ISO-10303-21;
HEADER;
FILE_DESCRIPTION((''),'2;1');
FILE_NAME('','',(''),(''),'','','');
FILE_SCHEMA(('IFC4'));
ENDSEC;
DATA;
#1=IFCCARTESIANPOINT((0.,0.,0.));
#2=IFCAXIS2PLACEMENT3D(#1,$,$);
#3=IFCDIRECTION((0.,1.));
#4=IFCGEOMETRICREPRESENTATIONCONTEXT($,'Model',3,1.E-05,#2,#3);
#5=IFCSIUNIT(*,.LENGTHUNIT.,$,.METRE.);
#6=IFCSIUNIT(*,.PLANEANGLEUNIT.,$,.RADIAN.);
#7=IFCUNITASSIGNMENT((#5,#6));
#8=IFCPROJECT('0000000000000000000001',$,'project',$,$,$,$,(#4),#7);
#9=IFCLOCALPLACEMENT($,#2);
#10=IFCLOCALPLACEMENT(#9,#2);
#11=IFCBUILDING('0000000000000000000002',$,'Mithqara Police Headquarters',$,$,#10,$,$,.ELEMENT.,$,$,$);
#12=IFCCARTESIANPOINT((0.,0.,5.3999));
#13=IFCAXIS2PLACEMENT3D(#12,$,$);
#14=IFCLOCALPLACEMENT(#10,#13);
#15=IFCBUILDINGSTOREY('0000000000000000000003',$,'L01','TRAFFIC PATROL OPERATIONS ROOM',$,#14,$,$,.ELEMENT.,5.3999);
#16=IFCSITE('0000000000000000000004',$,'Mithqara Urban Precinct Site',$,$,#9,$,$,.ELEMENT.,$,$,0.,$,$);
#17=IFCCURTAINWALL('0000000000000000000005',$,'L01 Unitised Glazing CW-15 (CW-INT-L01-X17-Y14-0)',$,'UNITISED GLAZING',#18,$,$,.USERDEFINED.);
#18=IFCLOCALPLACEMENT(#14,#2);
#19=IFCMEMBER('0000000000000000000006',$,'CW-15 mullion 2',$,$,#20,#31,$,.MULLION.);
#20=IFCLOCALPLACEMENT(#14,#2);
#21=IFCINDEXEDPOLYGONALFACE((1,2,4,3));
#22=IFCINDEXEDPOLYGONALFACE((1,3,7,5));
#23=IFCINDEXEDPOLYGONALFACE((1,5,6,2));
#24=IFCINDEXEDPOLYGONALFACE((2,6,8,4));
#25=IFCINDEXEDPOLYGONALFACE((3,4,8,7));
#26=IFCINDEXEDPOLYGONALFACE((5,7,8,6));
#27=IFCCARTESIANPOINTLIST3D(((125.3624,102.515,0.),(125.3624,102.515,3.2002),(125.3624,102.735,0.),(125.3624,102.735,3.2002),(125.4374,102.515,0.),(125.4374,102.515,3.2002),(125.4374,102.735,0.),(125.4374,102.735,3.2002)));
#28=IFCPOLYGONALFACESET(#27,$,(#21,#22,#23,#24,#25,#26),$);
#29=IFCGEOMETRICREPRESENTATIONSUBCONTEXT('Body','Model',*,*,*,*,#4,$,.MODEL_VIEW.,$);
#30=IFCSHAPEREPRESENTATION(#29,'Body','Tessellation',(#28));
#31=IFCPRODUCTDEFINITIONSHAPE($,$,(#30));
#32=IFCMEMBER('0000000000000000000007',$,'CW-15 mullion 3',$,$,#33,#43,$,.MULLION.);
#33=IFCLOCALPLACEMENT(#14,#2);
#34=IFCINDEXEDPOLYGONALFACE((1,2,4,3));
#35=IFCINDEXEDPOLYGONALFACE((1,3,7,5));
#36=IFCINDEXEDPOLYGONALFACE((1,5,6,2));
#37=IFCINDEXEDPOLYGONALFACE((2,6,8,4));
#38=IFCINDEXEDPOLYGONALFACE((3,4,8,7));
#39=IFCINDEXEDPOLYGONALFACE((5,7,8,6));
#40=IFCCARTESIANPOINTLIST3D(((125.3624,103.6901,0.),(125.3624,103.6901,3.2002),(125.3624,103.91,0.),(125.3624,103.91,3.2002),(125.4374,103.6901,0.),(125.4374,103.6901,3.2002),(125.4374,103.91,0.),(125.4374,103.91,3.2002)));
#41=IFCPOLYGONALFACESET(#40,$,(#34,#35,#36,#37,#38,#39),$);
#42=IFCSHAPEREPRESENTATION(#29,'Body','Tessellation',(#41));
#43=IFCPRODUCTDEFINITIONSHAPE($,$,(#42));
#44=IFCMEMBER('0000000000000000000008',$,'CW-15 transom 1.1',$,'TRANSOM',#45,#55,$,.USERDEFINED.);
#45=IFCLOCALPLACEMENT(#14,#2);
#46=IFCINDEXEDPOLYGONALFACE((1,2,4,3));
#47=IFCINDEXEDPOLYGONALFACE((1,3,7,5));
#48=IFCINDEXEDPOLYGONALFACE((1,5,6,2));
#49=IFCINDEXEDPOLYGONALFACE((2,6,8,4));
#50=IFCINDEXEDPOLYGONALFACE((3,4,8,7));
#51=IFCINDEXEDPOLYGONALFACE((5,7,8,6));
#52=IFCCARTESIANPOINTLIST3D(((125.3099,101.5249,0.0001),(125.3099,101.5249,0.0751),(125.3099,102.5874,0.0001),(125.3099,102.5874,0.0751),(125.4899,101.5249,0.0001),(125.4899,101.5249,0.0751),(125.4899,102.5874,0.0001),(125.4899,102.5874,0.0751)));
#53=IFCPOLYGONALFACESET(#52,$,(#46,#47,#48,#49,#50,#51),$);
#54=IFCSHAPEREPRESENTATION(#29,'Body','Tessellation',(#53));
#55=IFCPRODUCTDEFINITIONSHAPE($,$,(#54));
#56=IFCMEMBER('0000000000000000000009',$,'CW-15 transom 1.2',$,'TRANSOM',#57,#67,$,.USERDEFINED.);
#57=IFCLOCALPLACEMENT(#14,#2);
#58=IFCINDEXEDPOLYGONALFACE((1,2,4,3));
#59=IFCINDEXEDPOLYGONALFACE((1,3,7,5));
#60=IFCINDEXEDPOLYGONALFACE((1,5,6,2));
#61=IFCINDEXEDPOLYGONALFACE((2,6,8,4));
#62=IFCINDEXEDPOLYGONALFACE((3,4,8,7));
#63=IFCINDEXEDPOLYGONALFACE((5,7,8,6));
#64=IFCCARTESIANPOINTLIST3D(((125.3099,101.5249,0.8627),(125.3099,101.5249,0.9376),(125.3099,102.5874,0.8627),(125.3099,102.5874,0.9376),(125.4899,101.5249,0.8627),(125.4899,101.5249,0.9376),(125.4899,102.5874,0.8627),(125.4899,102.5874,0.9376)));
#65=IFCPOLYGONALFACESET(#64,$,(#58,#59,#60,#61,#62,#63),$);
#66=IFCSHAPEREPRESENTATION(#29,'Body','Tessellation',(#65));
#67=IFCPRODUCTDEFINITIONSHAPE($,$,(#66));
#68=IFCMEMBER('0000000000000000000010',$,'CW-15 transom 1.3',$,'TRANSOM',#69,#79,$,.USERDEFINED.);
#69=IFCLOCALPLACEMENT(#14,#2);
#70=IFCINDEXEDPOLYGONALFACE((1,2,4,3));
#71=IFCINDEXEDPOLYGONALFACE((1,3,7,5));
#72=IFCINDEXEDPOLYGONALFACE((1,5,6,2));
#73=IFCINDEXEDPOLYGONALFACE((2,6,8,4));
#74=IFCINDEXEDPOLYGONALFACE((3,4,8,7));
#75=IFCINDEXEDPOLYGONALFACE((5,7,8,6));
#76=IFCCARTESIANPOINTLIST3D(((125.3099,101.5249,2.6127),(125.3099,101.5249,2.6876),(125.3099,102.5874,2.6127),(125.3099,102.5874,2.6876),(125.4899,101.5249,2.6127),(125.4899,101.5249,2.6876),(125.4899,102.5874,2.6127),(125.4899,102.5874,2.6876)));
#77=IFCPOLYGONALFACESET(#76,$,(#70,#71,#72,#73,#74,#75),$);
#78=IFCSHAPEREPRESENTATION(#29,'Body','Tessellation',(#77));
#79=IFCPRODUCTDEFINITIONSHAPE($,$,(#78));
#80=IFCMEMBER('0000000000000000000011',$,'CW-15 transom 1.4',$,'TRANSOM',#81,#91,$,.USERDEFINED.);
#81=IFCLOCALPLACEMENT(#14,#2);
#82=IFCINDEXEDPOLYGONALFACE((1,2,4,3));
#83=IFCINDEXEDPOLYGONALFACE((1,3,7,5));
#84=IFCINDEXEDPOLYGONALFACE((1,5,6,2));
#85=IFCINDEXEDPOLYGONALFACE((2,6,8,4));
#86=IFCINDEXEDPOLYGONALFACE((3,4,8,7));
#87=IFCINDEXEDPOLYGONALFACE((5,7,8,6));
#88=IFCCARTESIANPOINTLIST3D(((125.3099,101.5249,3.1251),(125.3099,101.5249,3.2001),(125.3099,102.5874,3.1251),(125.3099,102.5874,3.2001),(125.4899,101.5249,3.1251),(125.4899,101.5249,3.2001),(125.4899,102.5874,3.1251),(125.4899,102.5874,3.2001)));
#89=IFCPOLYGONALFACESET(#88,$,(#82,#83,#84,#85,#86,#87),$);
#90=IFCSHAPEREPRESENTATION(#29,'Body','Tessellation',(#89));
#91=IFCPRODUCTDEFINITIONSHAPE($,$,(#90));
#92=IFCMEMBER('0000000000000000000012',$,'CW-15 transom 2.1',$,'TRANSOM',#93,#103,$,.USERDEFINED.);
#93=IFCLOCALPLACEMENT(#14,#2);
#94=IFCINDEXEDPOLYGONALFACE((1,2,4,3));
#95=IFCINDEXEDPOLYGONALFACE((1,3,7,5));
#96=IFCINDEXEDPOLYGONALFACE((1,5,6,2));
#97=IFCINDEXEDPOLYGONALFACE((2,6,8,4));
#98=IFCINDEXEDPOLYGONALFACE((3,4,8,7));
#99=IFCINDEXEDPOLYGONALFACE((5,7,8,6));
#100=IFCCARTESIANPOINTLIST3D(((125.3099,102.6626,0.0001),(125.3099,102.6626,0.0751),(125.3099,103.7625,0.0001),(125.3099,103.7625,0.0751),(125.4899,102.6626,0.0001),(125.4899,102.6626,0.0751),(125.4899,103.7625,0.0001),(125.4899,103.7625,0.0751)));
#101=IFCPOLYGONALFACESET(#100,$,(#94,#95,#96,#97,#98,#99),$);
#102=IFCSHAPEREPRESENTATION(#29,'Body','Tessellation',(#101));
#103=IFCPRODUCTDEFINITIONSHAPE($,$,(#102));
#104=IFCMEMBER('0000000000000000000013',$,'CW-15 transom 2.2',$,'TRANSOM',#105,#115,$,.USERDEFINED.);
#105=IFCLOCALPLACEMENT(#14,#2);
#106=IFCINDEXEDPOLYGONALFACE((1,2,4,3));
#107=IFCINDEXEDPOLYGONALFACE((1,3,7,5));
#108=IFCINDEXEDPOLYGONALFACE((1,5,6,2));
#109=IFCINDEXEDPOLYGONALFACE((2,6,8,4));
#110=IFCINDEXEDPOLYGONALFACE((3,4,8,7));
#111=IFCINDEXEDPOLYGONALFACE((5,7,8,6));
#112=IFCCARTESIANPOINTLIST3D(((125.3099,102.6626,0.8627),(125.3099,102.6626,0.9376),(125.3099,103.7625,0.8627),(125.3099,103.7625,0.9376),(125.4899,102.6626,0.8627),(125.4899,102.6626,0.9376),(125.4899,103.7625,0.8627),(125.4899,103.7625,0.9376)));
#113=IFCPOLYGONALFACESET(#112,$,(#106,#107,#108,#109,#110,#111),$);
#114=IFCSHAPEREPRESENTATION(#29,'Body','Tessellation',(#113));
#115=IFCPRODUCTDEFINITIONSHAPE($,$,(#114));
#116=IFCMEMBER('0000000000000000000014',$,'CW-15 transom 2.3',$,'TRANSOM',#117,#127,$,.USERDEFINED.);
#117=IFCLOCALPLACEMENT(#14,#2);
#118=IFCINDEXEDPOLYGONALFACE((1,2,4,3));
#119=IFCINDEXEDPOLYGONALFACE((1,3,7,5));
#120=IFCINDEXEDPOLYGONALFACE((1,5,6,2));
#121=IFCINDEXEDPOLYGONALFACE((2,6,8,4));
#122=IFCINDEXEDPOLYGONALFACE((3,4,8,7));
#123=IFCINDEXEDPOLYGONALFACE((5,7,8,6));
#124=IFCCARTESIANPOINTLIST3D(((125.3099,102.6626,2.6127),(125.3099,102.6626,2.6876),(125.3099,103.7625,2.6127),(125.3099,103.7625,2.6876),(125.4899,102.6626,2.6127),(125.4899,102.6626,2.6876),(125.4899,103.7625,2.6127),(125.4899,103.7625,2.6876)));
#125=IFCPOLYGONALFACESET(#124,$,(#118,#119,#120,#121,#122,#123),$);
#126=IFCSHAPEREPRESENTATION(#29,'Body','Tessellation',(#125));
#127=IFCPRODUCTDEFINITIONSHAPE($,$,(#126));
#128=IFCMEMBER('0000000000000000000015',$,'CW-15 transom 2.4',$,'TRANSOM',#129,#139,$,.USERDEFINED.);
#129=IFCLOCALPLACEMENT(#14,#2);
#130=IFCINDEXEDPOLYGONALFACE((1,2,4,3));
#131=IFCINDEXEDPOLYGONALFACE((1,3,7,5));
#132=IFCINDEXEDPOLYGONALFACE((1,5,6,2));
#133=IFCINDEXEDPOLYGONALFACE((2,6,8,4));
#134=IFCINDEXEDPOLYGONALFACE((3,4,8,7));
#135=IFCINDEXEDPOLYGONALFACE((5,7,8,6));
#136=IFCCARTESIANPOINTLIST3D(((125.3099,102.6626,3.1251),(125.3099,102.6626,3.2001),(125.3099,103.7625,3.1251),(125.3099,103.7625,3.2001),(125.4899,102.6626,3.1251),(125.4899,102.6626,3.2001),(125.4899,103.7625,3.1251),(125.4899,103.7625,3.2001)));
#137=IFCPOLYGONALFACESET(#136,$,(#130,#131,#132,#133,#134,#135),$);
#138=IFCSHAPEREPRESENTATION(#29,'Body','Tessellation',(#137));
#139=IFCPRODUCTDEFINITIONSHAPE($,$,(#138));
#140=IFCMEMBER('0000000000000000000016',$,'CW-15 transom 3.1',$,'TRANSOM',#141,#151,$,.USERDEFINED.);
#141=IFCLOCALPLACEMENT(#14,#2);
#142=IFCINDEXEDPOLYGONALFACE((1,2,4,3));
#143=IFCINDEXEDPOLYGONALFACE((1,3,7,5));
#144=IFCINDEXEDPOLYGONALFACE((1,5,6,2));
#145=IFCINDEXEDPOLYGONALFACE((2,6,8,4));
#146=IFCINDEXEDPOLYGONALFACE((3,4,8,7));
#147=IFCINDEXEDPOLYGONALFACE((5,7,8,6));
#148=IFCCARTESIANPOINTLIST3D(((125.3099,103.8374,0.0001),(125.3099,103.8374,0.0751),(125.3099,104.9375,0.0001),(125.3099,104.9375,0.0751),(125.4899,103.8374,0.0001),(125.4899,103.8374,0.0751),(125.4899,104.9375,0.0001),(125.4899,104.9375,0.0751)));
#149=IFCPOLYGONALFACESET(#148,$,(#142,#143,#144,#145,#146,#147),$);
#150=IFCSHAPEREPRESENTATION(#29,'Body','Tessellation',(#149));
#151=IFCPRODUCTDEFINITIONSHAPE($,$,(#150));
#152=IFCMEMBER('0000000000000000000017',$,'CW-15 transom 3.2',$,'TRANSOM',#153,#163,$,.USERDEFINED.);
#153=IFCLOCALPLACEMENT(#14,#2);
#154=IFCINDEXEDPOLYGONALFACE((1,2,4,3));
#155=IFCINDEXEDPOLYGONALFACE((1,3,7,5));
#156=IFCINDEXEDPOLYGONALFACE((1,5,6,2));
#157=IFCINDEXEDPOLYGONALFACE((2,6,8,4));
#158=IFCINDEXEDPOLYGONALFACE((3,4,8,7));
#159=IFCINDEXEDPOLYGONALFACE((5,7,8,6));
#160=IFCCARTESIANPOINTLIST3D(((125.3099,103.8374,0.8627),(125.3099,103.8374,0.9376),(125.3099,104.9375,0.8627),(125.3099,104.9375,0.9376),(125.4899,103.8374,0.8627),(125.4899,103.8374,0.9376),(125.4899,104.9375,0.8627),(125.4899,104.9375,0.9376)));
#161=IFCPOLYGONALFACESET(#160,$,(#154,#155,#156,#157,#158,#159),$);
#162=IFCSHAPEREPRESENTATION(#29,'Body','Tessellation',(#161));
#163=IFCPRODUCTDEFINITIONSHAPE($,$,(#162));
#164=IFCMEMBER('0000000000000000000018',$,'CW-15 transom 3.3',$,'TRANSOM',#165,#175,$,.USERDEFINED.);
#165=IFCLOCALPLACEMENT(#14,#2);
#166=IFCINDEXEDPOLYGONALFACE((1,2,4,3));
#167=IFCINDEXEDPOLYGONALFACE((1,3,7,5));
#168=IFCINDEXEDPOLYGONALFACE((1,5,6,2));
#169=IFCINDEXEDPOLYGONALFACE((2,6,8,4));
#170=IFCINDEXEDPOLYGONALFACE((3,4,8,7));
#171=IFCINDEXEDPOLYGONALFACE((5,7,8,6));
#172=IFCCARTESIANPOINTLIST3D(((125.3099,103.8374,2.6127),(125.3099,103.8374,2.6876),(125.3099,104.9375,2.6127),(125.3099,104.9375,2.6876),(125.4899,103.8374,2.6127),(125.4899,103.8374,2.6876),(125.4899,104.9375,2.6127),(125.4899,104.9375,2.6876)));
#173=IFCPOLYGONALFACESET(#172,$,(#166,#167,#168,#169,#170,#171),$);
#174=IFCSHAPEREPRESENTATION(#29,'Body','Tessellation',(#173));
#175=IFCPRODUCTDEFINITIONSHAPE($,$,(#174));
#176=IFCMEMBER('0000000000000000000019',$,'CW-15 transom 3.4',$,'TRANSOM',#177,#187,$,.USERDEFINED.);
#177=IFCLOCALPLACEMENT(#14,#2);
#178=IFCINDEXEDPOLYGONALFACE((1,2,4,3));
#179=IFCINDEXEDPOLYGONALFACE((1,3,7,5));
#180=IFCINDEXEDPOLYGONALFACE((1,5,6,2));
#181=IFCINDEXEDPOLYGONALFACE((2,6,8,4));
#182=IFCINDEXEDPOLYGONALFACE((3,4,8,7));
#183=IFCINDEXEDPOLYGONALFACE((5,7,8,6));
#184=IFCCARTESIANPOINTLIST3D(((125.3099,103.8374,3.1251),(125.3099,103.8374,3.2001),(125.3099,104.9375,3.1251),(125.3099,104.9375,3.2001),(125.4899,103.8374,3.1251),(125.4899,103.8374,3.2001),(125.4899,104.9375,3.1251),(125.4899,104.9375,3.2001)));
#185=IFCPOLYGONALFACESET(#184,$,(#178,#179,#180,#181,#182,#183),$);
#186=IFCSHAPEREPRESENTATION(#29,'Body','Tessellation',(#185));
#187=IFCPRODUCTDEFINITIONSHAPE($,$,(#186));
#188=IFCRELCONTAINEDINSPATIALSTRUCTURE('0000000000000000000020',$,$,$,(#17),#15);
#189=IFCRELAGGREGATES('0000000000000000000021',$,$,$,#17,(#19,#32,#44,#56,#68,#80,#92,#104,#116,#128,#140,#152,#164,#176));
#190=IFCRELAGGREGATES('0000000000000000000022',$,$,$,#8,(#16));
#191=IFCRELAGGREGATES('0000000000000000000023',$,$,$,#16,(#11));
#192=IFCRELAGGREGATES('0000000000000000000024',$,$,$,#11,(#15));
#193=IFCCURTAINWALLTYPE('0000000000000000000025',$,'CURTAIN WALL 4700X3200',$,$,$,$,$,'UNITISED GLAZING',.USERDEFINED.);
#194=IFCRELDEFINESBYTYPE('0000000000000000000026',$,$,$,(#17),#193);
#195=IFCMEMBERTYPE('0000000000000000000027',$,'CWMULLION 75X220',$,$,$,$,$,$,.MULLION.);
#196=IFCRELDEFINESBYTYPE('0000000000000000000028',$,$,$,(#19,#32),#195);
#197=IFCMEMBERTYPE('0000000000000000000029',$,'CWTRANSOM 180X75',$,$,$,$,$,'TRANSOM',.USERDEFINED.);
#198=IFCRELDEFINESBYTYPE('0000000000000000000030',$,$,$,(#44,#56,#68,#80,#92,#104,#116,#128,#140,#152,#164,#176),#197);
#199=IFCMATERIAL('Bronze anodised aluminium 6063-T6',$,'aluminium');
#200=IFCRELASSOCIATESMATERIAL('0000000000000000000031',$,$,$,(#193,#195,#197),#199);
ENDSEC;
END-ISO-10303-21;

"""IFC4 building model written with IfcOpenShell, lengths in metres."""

from ifc_helpers import new_model, si_unit, direction, frame, origin, origin_2d, place, context, subcontext, project, spatial, rectangle, extrude, material, material_profile, profile_set, type_object, element, aggregate, save


model = new_model("IFC4")

# Units and contexts
model_context = context("Model", 3, precision=1e-05, world=origin(), true_north=direction((0.0, 1.0)))
body_context = subcontext(model_context, "Body", "Model", "MODEL_VIEW")
ifc_project = project(units=[si_unit("LENGTHUNIT", "METRE"), si_unit("PLANEANGLEUNIT", "RADIAN")], contexts=[model_context])

# Site, building, storey
site_placement = place(None, origin())
site = spatial("IfcSite", under=ifc_project, at=site_placement, Name="Mithqara Urban Precinct Site", CompositionType="ELEMENT", RefElevation=0.0)
building_placement = place(site_placement, origin())
building = spatial("IfcBuilding", under=site, at=building_placement, Name="Mithqara Police Headquarters", CompositionType="ELEMENT")
storey_placement = place(building_placement, frame((0.0, 0.0, 5.3999)))
storey = spatial("IfcBuildingStorey", under=building, at=storey_placement, Name="L01", Description="TRAFFIC PATROL OPERATIONS ROOM", CompositionType="ELEMENT", Elevation=5.3999)

# Curtain wall, members
ifc_material_1 = material(Name="Bronze anodised aluminium 6063-T6", Category="aluminium")
curtain_wall_type = type_object("IfcCurtainWallType", Name="CURTAIN WALL 4700X3200", ElementType="UNITISED GLAZING", PredefinedType="USERDEFINED", material=ifc_material_1)
curtain_wall_placement = place(storey_placement, origin())
curtain_wall = element("IfcCurtainWall", 1, at=curtain_wall_placement, inside=storey, type_object=curtain_wall_type, Name="L01 Unitised Glazing CW-15 (CW-INT-L01-X17-Y14-0)", ObjectType="UNITISED GLAZING", PredefinedType="USERDEFINED")
ifc_material_profile_1 = material_profile(ifc_material_1, rectangle(XDim=0.075, YDim=0.22, at=origin_2d()), Name="CWM 75x220")
ifc_profile_set_1 = profile_set([ifc_material_profile_1], Name="Bronze anodised aluminium 6063-T6")
member_type_1 = type_object("IfcMemberType", Name="CWMULLION 75X220", PredefinedType="MULLION", material=ifc_profile_set_1)
member_1_placement = place(storey_placement, frame((125.3999, 102.625, 0.0), z_axis=(0.0, 0.0, 1.0), x_axis=(-1.0, 0.0, 0.0)))
member_1 = element("IfcMember", 2, at=member_1_placement, type_object=member_type_1, Name="CW-15 mullion 2", PredefinedType="MULLION", context=body_context, shape_type="SweptSolid", body=[
    extrude(rectangle(XDim=0.075, YDim=0.22, at=origin_2d()), origin(), (0.0, 0.0, 1.0), 3.2002),
])
member_2_placement = place(storey_placement, frame((125.3999, 103.8, 0.0), z_axis=(0.0, 0.0, 1.0), x_axis=(-1.0, 0.0, 0.0)))
member_2 = element("IfcMember", 3, at=member_2_placement, type_object=member_type_1, Name="CW-15 mullion 3", PredefinedType="MULLION", context=body_context, shape_type="SweptSolid", body=[
    extrude(rectangle(XDim=0.075, YDim=0.22, at=origin_2d()), origin(), (0.0, 0.0, 1.0), 3.2002),
])
ifc_material_profile_2 = material_profile(ifc_material_1, rectangle(XDim=0.1799, YDim=0.075, at=origin_2d()), Name="CWT 180x75")
ifc_profile_set_2 = profile_set([ifc_material_profile_2], Name="Bronze anodised aluminium 6063-T6")
member_type_2 = type_object("IfcMemberType", Name="CWTRANSOM 180X75", ElementType="TRANSOM", PredefinedType="USERDEFINED", material=ifc_profile_set_2)
member_3_placement = place(storey_placement, frame((125.3999, 101.5249, 0.0376), z_axis=(0.0, 1.0, 0.0), x_axis=(-1.0, 0.0, 0.0)))
member_3 = element("IfcMember", 4, at=member_3_placement, type_object=member_type_2, Name="CW-15 transom 1.1", ObjectType="TRANSOM", PredefinedType="USERDEFINED", context=body_context, shape_type="SweptSolid", body=[
    extrude(rectangle(XDim=0.1799, YDim=0.075, at=origin_2d()), origin(), (0.0, 0.0, 1.0), 1.0625),
])
member_4_placement = place(storey_placement, frame((125.3999, 101.5249, 0.9001), z_axis=(0.0, 1.0, 0.0), x_axis=(-1.0, 0.0, 0.0)))
member_4 = element("IfcMember", 5, at=member_4_placement, type_object=member_type_2, Name="CW-15 transom 1.2", ObjectType="TRANSOM", PredefinedType="USERDEFINED", context=body_context, shape_type="SweptSolid", body=[
    extrude(rectangle(XDim=0.1799, YDim=0.075, at=origin_2d()), origin(), (0.0, 0.0, 1.0), 1.0625),
])
member_5_placement = place(storey_placement, frame((125.3999, 101.5249, 2.6501), z_axis=(0.0, 1.0, 0.0), x_axis=(-1.0, 0.0, 0.0)))
member_5 = element("IfcMember", 6, at=member_5_placement, type_object=member_type_2, Name="CW-15 transom 1.3", ObjectType="TRANSOM", PredefinedType="USERDEFINED", context=body_context, shape_type="SweptSolid", body=[
    extrude(rectangle(XDim=0.1799, YDim=0.075, at=origin_2d()), origin(), (0.0, 0.0, 1.0), 1.0625),
])
member_6_placement = place(storey_placement, frame((125.3999, 101.5249, 3.1626), z_axis=(0.0, 1.0, 0.0), x_axis=(-1.0, 0.0, 0.0)))
member_6 = element("IfcMember", 7, at=member_6_placement, type_object=member_type_2, Name="CW-15 transom 1.4", ObjectType="TRANSOM", PredefinedType="USERDEFINED", context=body_context, shape_type="SweptSolid", body=[
    extrude(rectangle(XDim=0.1799, YDim=0.075, at=origin_2d()), origin(), (0.0, 0.0, 1.0), 1.0625),
])
member_7_placement = place(storey_placement, frame((125.3999, 102.6626, 0.0376), z_axis=(0.0, 1.0, 0.0), x_axis=(-1.0, 0.0, 0.0)))
member_7 = element("IfcMember", 8, at=member_7_placement, type_object=member_type_2, Name="CW-15 transom 2.1", ObjectType="TRANSOM", PredefinedType="USERDEFINED", context=body_context, shape_type="SweptSolid", body=[
    extrude(rectangle(XDim=0.1799, YDim=0.075, at=origin_2d()), origin(), (0.0, 0.0, 1.0), 1.0999),
])
member_8_placement = place(storey_placement, frame((125.3999, 102.6626, 0.9001), z_axis=(0.0, 1.0, 0.0), x_axis=(-1.0, 0.0, 0.0)))
member_8 = element("IfcMember", 9, at=member_8_placement, type_object=member_type_2, Name="CW-15 transom 2.2", ObjectType="TRANSOM", PredefinedType="USERDEFINED", context=body_context, shape_type="SweptSolid", body=[
    extrude(rectangle(XDim=0.1799, YDim=0.075, at=origin_2d()), origin(), (0.0, 0.0, 1.0), 1.0999),
])
member_9_placement = place(storey_placement, frame((125.3999, 102.6626, 2.6501), z_axis=(0.0, 1.0, 0.0), x_axis=(-1.0, 0.0, 0.0)))
member_9 = element("IfcMember", 10, at=member_9_placement, type_object=member_type_2, Name="CW-15 transom 2.3", ObjectType="TRANSOM", PredefinedType="USERDEFINED", context=body_context, shape_type="SweptSolid", body=[
    extrude(rectangle(XDim=0.1799, YDim=0.075, at=origin_2d()), origin(), (0.0, 0.0, 1.0), 1.0999),
])
member_10_placement = place(storey_placement, frame((125.3999, 102.6626, 3.1626), z_axis=(0.0, 1.0, 0.0), x_axis=(-1.0, 0.0, 0.0)))
member_10 = element("IfcMember", 11, at=member_10_placement, type_object=member_type_2, Name="CW-15 transom 2.4", ObjectType="TRANSOM", PredefinedType="USERDEFINED", context=body_context, shape_type="SweptSolid", body=[
    extrude(rectangle(XDim=0.1799, YDim=0.075, at=origin_2d()), origin(), (0.0, 0.0, 1.0), 1.0999),
])
member_11_placement = place(storey_placement, frame((125.3999, 103.8374, 0.0376), z_axis=(0.0, 1.0, 0.0), x_axis=(-1.0, 0.0, 0.0)))
member_11 = element("IfcMember", 12, at=member_11_placement, type_object=member_type_2, Name="CW-15 transom 3.1", ObjectType="TRANSOM", PredefinedType="USERDEFINED", context=body_context, shape_type="SweptSolid", body=[
    extrude(rectangle(XDim=0.1799, YDim=0.075, at=origin_2d()), origin(), (0.0, 0.0, 1.0), 1.1001),
])
member_12_placement = place(storey_placement, frame((125.3999, 103.8374, 0.9001), z_axis=(0.0, 1.0, 0.0), x_axis=(-1.0, 0.0, 0.0)))
member_12 = element("IfcMember", 13, at=member_12_placement, type_object=member_type_2, Name="CW-15 transom 3.2", ObjectType="TRANSOM", PredefinedType="USERDEFINED", context=body_context, shape_type="SweptSolid", body=[
    extrude(rectangle(XDim=0.1799, YDim=0.075, at=origin_2d()), origin(), (0.0, 0.0, 1.0), 1.1001),
])
member_13_placement = place(storey_placement, frame((125.3999, 103.8374, 2.6501), z_axis=(0.0, 1.0, 0.0), x_axis=(-1.0, 0.0, 0.0)))
member_13 = element("IfcMember", 14, at=member_13_placement, type_object=member_type_2, Name="CW-15 transom 3.3", ObjectType="TRANSOM", PredefinedType="USERDEFINED", context=body_context, shape_type="SweptSolid", body=[
    extrude(rectangle(XDim=0.1799, YDim=0.075, at=origin_2d()), origin(), (0.0, 0.0, 1.0), 1.1001),
])
member_14_placement = place(storey_placement, frame((125.3999, 103.8374, 3.1626), z_axis=(0.0, 1.0, 0.0), x_axis=(-1.0, 0.0, 0.0)))
member_14 = element("IfcMember", 15, at=member_14_placement, type_object=member_type_2, Name="CW-15 transom 3.4", ObjectType="TRANSOM", PredefinedType="USERDEFINED", context=body_context, shape_type="SweptSolid", body=[
    extrude(rectangle(XDim=0.1799, YDim=0.075, at=origin_2d()), origin(), (0.0, 0.0, 1.0), 1.1001),
])
aggregate(curtain_wall, [member_1, member_2, member_3, member_4, member_5, member_6, member_7, member_8, member_9, member_10, member_11, member_12, member_13, member_14])

save(model, "model.ifc")
